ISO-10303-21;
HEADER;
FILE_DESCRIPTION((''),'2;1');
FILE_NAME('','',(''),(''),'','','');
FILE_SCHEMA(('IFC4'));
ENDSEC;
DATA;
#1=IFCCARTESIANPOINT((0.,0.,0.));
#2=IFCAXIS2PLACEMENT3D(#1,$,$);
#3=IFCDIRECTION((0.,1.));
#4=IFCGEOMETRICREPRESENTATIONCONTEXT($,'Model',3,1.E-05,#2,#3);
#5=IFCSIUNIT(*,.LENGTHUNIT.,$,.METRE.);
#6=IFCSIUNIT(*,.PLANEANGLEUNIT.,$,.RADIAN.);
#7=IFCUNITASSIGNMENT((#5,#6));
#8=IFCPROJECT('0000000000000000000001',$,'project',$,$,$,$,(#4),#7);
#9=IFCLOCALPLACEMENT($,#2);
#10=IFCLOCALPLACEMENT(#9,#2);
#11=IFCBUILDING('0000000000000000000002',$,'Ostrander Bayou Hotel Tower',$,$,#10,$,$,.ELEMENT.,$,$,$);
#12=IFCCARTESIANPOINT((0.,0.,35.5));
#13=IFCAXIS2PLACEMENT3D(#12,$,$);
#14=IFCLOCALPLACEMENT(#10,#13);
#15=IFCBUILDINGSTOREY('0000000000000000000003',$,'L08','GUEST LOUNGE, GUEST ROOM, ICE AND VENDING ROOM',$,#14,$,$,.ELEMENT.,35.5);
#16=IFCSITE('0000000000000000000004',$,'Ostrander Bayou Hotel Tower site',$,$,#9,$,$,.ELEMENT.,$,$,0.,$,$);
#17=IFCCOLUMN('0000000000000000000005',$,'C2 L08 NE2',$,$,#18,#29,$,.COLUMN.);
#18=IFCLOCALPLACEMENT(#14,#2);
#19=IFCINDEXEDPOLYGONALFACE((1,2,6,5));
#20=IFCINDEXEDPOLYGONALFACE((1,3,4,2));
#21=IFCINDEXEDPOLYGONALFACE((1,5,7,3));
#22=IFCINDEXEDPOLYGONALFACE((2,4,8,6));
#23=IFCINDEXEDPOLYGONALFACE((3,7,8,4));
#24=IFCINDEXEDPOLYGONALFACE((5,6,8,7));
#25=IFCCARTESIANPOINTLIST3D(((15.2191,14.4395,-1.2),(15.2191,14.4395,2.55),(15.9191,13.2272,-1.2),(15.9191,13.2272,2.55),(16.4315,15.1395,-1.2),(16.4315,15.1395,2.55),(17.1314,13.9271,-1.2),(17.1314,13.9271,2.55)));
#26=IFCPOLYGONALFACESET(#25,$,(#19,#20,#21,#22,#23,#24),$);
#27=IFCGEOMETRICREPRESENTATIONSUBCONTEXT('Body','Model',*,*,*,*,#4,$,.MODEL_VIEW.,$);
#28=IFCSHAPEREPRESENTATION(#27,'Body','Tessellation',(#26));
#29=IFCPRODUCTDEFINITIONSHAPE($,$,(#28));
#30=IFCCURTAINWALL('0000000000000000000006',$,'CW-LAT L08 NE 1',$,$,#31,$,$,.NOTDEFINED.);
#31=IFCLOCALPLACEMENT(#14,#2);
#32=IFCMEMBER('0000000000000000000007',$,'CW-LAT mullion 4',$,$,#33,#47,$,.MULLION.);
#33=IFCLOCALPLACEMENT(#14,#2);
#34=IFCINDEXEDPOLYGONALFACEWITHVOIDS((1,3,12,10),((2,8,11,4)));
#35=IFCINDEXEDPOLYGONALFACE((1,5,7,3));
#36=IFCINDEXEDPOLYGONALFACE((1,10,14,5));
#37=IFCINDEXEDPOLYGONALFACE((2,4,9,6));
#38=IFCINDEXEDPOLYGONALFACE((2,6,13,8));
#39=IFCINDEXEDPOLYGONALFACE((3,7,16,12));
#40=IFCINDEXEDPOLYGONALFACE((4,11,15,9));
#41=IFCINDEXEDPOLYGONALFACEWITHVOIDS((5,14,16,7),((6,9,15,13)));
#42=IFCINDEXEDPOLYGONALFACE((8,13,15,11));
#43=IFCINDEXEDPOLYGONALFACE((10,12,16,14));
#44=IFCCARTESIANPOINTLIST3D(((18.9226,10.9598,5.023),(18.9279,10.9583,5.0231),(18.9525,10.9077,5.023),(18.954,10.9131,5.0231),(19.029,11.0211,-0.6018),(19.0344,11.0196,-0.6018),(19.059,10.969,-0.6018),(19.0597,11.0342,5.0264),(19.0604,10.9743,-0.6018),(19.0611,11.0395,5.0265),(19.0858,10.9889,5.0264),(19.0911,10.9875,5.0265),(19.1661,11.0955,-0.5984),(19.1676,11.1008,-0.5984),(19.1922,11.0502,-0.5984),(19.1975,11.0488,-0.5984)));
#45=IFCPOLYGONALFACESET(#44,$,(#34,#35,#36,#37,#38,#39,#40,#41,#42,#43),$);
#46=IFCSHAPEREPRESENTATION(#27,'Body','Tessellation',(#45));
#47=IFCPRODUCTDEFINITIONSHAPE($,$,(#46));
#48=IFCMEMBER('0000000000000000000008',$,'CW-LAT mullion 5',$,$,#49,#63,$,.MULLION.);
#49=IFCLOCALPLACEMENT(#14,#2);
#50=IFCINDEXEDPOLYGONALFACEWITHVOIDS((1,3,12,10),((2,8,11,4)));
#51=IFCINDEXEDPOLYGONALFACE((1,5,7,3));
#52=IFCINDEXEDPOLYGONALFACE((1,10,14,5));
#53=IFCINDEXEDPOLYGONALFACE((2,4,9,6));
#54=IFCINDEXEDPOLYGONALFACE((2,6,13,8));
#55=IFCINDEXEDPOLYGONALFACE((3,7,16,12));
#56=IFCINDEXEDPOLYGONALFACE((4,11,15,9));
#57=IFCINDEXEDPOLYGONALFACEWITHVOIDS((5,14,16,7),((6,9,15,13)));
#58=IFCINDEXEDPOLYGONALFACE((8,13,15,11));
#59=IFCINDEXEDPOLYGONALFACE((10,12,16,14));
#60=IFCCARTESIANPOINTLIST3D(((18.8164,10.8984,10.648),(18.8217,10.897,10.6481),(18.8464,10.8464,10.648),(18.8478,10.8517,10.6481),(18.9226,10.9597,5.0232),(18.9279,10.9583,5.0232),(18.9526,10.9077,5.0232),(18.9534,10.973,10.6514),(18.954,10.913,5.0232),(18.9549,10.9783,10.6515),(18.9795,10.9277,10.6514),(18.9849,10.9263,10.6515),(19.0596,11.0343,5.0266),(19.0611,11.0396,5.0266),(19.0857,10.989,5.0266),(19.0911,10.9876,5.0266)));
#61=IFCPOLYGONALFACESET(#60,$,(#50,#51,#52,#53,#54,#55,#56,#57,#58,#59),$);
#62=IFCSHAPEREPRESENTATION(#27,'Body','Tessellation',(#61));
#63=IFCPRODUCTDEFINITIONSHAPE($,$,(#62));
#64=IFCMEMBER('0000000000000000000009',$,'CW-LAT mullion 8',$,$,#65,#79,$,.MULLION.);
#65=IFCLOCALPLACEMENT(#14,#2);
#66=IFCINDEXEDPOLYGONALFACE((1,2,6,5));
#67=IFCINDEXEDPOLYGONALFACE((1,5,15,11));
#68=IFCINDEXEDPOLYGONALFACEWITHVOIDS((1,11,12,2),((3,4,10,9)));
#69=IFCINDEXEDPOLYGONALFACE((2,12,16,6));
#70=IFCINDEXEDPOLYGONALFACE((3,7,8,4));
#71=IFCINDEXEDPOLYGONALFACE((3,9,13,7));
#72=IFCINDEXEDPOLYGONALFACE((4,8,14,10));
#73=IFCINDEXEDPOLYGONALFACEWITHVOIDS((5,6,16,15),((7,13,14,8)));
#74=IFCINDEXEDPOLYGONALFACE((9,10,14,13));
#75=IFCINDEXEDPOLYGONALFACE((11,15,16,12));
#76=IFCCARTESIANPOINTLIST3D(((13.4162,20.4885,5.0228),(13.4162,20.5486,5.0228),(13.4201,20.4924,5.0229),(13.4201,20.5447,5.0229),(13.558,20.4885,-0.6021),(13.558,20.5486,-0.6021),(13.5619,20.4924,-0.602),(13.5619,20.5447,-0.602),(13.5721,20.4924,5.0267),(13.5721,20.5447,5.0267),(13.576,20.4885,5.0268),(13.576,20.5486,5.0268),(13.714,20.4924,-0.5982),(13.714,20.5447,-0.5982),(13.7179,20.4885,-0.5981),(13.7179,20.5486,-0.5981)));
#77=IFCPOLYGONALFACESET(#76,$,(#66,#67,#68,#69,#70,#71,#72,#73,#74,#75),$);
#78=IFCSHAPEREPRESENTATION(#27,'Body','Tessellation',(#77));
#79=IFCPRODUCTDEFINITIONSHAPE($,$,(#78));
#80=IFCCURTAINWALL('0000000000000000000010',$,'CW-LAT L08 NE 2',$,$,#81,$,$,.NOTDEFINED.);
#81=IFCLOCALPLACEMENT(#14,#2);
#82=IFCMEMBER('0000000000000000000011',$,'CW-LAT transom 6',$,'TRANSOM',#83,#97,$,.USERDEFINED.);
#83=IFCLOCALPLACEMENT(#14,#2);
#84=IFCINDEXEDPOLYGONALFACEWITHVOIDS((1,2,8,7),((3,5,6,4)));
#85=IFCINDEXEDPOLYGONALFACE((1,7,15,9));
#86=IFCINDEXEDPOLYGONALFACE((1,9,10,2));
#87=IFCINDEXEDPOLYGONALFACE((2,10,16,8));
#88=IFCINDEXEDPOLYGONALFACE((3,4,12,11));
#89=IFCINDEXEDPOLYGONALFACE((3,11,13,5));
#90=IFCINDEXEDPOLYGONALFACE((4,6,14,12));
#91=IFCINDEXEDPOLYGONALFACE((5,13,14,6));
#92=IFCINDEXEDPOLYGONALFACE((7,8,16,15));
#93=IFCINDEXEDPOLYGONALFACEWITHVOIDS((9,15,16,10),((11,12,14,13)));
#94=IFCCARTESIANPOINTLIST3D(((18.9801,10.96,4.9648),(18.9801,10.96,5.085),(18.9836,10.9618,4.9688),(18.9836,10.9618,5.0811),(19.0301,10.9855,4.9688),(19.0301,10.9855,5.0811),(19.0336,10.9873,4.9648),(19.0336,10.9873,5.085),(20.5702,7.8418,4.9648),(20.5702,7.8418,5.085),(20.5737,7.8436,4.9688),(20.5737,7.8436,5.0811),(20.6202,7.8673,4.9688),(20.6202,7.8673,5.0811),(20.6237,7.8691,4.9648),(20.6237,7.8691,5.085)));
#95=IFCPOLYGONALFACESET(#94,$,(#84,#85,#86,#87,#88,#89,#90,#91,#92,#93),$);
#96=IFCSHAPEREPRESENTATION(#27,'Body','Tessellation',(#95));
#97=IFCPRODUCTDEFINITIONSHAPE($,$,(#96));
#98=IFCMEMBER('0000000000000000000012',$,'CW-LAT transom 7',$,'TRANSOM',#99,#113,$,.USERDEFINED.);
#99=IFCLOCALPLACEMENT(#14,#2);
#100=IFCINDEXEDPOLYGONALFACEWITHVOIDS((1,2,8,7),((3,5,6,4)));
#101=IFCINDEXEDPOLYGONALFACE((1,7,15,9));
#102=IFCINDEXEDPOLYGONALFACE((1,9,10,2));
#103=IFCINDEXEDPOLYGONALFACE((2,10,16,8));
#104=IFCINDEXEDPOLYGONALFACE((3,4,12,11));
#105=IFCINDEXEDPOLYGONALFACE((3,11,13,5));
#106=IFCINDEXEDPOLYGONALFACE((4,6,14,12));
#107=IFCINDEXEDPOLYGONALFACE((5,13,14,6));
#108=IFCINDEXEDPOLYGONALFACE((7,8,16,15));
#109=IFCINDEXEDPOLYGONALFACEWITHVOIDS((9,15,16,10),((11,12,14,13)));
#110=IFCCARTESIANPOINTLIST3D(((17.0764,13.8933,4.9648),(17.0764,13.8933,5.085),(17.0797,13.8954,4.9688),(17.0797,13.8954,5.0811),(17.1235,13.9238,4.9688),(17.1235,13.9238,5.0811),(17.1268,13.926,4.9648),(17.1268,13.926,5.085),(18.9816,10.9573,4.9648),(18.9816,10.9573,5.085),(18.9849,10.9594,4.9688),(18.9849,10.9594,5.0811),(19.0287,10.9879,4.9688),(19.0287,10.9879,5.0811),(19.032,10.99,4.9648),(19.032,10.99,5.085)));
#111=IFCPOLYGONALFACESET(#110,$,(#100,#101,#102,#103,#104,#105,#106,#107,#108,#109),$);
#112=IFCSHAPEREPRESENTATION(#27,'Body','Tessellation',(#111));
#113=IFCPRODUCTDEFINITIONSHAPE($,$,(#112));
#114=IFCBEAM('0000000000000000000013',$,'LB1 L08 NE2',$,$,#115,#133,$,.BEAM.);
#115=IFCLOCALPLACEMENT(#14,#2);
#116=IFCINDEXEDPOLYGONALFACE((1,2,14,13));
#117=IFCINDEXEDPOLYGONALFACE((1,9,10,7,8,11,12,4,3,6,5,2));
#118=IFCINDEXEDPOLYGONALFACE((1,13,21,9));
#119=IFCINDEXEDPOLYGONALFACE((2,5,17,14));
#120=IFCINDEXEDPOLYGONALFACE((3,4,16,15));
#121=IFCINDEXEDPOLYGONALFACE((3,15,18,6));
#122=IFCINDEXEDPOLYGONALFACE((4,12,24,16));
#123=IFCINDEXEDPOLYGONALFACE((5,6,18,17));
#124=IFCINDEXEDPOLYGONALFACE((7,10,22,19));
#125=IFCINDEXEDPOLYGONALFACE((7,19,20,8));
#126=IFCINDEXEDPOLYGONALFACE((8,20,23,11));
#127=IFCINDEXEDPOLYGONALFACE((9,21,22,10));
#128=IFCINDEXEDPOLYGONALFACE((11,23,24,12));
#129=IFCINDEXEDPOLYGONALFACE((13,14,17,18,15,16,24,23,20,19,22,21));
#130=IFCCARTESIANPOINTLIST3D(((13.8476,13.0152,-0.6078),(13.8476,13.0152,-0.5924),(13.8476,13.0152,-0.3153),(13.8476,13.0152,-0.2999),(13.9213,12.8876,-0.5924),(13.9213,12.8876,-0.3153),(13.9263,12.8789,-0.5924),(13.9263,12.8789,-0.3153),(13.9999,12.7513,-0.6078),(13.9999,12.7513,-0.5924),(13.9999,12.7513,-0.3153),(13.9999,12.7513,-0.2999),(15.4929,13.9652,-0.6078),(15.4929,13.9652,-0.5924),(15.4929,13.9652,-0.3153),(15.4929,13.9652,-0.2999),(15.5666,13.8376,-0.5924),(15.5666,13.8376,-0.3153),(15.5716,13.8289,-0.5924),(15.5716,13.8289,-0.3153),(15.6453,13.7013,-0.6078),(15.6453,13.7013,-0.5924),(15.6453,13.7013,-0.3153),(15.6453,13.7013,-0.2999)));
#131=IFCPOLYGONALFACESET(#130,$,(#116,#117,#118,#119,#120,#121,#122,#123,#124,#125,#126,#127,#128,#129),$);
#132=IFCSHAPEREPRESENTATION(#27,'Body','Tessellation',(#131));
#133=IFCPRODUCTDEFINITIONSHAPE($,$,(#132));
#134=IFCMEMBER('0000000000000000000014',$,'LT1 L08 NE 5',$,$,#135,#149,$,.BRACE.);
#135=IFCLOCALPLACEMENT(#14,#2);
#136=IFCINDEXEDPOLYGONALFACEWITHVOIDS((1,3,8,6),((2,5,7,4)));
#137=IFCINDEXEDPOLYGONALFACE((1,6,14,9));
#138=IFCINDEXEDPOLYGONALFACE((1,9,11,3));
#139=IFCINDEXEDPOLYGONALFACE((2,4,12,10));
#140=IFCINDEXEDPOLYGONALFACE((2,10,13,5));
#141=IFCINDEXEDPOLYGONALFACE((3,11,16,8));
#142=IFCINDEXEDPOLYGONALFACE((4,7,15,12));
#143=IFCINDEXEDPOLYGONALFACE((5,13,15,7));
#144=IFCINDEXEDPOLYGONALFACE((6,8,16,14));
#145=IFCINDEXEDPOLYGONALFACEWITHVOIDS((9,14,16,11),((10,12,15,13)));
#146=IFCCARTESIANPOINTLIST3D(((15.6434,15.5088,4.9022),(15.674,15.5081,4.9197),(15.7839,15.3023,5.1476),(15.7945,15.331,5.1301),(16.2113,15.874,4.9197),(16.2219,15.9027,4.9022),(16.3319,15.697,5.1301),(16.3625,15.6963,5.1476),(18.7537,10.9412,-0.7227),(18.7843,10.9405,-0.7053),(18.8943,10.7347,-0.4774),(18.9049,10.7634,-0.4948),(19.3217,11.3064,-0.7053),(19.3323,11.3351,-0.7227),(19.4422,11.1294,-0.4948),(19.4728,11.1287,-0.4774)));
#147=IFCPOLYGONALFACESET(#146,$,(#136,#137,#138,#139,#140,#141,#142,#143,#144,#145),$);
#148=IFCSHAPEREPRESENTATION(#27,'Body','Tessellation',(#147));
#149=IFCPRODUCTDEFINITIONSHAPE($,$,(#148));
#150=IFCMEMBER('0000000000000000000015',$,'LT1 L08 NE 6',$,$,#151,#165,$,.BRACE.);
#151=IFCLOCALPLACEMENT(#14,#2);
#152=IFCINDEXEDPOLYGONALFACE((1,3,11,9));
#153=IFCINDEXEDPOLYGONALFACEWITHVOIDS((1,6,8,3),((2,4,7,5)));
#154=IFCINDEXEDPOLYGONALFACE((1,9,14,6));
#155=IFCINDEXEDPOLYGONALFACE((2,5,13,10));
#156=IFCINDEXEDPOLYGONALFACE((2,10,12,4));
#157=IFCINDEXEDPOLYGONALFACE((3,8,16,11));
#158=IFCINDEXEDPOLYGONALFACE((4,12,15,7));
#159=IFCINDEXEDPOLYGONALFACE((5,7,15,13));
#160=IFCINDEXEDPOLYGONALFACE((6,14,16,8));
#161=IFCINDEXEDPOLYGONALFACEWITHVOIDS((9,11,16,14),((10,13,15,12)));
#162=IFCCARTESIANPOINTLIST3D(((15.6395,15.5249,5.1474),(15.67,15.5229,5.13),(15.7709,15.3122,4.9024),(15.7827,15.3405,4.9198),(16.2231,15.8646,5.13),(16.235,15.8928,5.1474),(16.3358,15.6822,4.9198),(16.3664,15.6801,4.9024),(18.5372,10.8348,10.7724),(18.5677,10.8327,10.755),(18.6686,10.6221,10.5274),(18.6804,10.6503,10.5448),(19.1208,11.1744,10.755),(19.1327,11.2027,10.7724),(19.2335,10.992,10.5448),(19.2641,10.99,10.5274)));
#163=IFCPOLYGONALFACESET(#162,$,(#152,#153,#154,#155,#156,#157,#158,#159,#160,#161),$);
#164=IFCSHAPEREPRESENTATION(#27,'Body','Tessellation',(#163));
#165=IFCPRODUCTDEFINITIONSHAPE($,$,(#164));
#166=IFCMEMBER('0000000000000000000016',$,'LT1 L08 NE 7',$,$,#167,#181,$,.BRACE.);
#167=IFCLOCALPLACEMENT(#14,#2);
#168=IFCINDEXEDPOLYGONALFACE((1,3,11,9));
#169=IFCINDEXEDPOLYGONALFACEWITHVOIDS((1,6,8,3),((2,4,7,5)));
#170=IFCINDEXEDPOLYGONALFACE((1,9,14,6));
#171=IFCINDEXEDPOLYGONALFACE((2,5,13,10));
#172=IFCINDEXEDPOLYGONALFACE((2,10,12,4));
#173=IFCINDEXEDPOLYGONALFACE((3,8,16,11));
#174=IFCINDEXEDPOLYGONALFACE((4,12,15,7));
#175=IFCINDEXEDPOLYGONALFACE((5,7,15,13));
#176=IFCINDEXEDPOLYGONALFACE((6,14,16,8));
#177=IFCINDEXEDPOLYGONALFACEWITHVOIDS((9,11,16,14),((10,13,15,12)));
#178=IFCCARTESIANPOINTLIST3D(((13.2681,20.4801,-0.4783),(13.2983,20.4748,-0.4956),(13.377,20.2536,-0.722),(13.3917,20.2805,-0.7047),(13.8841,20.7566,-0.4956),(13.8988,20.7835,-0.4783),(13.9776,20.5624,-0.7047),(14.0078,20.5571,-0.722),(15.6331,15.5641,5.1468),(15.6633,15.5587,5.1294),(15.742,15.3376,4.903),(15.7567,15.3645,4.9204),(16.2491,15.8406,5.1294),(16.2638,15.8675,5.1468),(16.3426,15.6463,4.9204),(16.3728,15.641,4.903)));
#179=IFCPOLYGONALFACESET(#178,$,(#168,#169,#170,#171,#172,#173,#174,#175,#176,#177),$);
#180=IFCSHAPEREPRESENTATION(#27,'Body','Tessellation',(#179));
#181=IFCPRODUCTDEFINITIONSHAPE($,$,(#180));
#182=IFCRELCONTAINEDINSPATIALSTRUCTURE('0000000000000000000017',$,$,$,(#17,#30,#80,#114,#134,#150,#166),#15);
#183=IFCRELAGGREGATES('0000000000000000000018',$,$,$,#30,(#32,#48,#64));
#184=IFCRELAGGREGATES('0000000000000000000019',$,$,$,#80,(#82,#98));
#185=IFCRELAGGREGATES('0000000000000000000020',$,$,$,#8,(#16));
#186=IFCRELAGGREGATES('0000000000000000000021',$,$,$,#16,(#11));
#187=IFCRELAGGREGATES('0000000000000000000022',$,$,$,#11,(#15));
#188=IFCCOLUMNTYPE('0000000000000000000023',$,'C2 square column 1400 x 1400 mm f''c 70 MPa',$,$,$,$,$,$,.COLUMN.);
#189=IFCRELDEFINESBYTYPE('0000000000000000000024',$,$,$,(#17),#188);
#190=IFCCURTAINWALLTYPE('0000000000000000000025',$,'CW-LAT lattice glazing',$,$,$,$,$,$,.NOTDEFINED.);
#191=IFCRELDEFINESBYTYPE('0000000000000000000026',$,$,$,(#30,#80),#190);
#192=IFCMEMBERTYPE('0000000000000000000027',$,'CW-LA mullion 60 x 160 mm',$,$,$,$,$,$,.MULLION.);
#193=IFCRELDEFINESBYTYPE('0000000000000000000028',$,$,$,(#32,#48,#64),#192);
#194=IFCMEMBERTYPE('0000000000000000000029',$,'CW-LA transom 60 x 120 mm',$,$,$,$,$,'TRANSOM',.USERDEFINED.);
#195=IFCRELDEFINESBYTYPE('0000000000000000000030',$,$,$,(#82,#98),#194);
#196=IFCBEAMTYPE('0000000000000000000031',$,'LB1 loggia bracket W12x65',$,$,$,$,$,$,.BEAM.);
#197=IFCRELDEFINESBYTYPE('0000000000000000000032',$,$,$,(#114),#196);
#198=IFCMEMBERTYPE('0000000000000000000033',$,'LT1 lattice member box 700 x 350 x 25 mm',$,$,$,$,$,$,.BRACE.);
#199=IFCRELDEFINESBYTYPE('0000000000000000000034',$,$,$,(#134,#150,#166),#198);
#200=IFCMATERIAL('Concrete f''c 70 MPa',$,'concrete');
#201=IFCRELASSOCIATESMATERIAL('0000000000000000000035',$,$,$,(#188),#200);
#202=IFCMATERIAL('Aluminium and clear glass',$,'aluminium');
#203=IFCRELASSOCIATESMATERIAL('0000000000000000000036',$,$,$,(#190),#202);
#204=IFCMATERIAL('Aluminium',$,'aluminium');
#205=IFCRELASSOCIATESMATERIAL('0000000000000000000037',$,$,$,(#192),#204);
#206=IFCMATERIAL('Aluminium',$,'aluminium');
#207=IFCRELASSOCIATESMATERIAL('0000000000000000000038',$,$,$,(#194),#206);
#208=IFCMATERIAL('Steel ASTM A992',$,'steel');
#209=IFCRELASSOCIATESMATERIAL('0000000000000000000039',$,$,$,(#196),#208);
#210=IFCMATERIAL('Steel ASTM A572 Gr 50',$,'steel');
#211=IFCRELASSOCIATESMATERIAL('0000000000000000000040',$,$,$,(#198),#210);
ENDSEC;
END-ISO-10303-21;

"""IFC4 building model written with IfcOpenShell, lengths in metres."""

from ifc_helpers import new_model, si_unit, direction, frame, origin, origin_2d, place, context, subcontext, project, spatial, rectangle, hollow_rectangle, i_section, extrude, material, material_profile, profile_set, type_object, element, aggregate, save


model = new_model("IFC4")

# Units and contexts
model_context = context("Model", 3, precision=1e-05, world=origin(), true_north=direction((0.0, 1.0)))
body_context = subcontext(model_context, "Body", "Model", "MODEL_VIEW")
ifc_project = project(units=[si_unit("LENGTHUNIT", "METRE"), si_unit("PLANEANGLEUNIT", "RADIAN")], contexts=[model_context])

# Site, building, storey
site_placement = place(None, origin())
site = spatial("IfcSite", under=ifc_project, at=site_placement, Name="Ostrander Bayou Hotel Tower site", CompositionType="ELEMENT", RefElevation=0.0)
building_placement = place(site_placement, origin())
building = spatial("IfcBuilding", under=site, at=building_placement, Name="Ostrander Bayou Hotel Tower", CompositionType="ELEMENT")
storey_placement = place(building_placement, frame((0.0, 0.0, 35.5)))
storey = spatial("IfcBuildingStorey", under=building, at=storey_placement, Name="L08", Description="GUEST LOUNGE, GUEST ROOM, ICE AND VENDING ROOM", CompositionType="ELEMENT", Elevation=35.5)

# Column
ifc_material_1 = material(Name="Concrete f'c 70 MPa", Category="concrete")
ifc_material_profile_1 = material_profile(ifc_material_1, rectangle(XDim=1.3999, YDim=1.3999, at=origin_2d()))
ifc_profile_set_1 = profile_set([ifc_material_profile_1], Name="Concrete f'c 70 MPa")
column_type = type_object("IfcColumnType", Name="C2 square column 1400 x 1400 mm f'c 70 MPa", PredefinedType="COLUMN", material=ifc_profile_set_1)
column_placement = place(storey_placement, frame((16.1753, 14.1833, -1.2), z_axis=(0.0, 0.0, 1.0), x_axis=(0.5, -0.866025, 0.0)))
element("IfcColumn", 1, at=column_placement, inside=storey, type_object=column_type, Name="C2 L08 NE2", PredefinedType="COLUMN", context=body_context, shape_type="SweptSolid", body=[
    extrude(rectangle(XDim=1.3999, YDim=1.3999, at=origin_2d()), origin(), (0.0, 0.0, 1.0), 3.75),
])

# Curtain walls, members
ifc_material_2 = material(Name="Aluminium and clear glass", Category="aluminium")
curtain_wall_type = type_object("IfcCurtainWallType", Name="CW-LAT lattice glazing", PredefinedType="NOTDEFINED", material=ifc_material_2)
curtain_wall_1_placement = place(storey_placement, origin())
curtain_wall_1 = element("IfcCurtainWall", 2, at=curtain_wall_1_placement, inside=storey, type_object=curtain_wall_type, Name="CW-LAT L08 NE 1", PredefinedType="NOTDEFINED")
ifc_material_3 = material(Name="Aluminium", Category="aluminium")
ifc_material_profile_2 = material_profile(ifc_material_3, hollow_rectangle(XDim=0.0601, YDim=0.1599, WallThickness=0.0039, at=origin_2d()))
ifc_profile_set_2 = profile_set([ifc_material_profile_2], Name="Aluminium")
member_type_1 = type_object("IfcMemberType", Name="CW-LA mullion 60 x 160 mm", PredefinedType="MULLION", material=ifc_profile_set_2)
member_1_placement = place(storey_placement, frame((19.1133, 11.0349, -0.6001), z_axis=(-0.018919, -0.010892, 0.999762), x_axis=(0.498919, -0.866649, 0.0)))
member_1 = element("IfcMember", 3, at=member_1_placement, type_object=member_type_1, Name="CW-LAT mullion 4", PredefinedType="MULLION", context=body_context, shape_type="SweptSolid", body=[
    extrude(hollow_rectangle(XDim=0.0601, YDim=0.1599, WallThickness=0.0039, at=origin_2d()), origin(), (0.0, 0.0, 1.0), 5.6262),
])
member_2_placement = place(storey_placement, frame((19.0068, 10.9736, 5.0249), z_axis=(-0.018876, -0.010892, 0.999763), x_axis=(0.49978, -0.866152, 0.0)))
member_2 = element("IfcMember", 4, at=member_2_placement, type_object=member_type_1, Name="CW-LAT mullion 5", PredefinedType="MULLION", context=body_context, shape_type="SweptSolid", body=[
    extrude(hollow_rectangle(XDim=0.0601, YDim=0.1599, WallThickness=0.0039, at=origin_2d()), origin(), (0.0, 0.0, 1.0), 5.6262),
])
member_3_placement = place(storey_placement, frame((13.6379, 20.5186, -0.6001), z_axis=(-0.025209, 0.0, 0.999682), x_axis=(0.0, -1.0, 0.0)))
member_3 = element("IfcMember", 5, at=member_3_placement, type_object=member_type_1, Name="CW-LAT mullion 8", PredefinedType="MULLION", context=body_context, shape_type="SweptSolid", body=[
    extrude(hollow_rectangle(XDim=0.0601, YDim=0.1599, WallThickness=0.0039, at=origin_2d()), origin(), (0.0, 0.0, 1.0), 5.6267),
])
curtain_wall_2_placement = place(storey_placement, origin())
curtain_wall_2 = element("IfcCurtainWall", 6, at=curtain_wall_2_placement, inside=storey, type_object=curtain_wall_type, Name="CW-LAT L08 NE 2", PredefinedType="NOTDEFINED")
ifc_material_4 = material(Name="Aluminium", Category="aluminium")
ifc_material_profile_3 = material_profile(ifc_material_4, hollow_rectangle(XDim=0.0601, YDim=0.1201, WallThickness=0.0039, at=origin_2d()))
ifc_profile_set_3 = profile_set([ifc_material_profile_3], Name="Aluminium")
member_type_2 = type_object("IfcMemberType", Name="CW-LA transom 60 x 120 mm", ElementType="TRANSOM", PredefinedType="USERDEFINED", material=ifc_profile_set_3)
member_4_placement = place(storey_placement, frame((19.0068, 10.9736, 5.0249), z_axis=(0.454286, -0.890856, 0.0), x_axis=(0.890856, 0.454286, 0.0)))
member_4 = element("IfcMember", 7, at=member_4_placement, type_object=member_type_2, Name="CW-LAT transom 6", ObjectType="TRANSOM", PredefinedType="USERDEFINED", context=body_context, shape_type="SweptSolid", body=[
    extrude(hollow_rectangle(XDim=0.0601, YDim=0.1201, WallThickness=0.0039, at=origin_2d()), origin(), (0.0, 0.0, 1.0), 3.5002),
])
member_5_placement = place(storey_placement, frame((19.0068, 10.9736, 5.0249), z_axis=(-0.544356, 0.838855, 0.0), x_axis=(-0.838855, -0.544356, 0.0)))
member_5 = element("IfcMember", 8, at=member_5_placement, type_object=member_type_2, Name="CW-LAT transom 7", ObjectType="TRANSOM", PredefinedType="USERDEFINED", context=body_context, shape_type="SweptSolid", body=[
    extrude(hollow_rectangle(XDim=0.0601, YDim=0.1201, WallThickness=0.0039, at=origin_2d()), origin(), (0.0, 0.0, 1.0), 3.5),
])

# Beam
ifc_material_5 = material(Name="Steel ASTM A992", Category="steel")
ifc_material_profile_4 = material_profile(ifc_material_5, i_section(OverallWidth=0.3047, OverallDepth=0.3079, WebThickness=0.01, FlangeThickness=0.0154, at=origin_2d()))
ifc_profile_set_4 = profile_set([ifc_material_profile_4], Name="Steel ASTM A992")
beam_type_1 = type_object("IfcBeamType", Name="LB1 loggia bracket W12x65", PredefinedType="BEAM", material=ifc_profile_set_4)
beam_1_placement = place(storey_placement, frame((15.5691, 13.8333, -0.4539), z_axis=(-0.866012, -0.500023, 0.0), x_axis=(0.500023, -0.866012, 0.0)))
element("IfcBeam", 9, at=beam_1_placement, inside=storey, type_object=beam_type_1, Name="LB1 L08 NE2", PredefinedType="BEAM", context=body_context, shape_type="SweptSolid", body=[
    extrude(i_section(OverallWidth=0.3047, OverallDepth=0.3079, WebThickness=0.01, FlangeThickness=0.0154, at=origin_2d()), origin(), (0.0, 0.0, 1.0), 1.8999),
])

# Members
ifc_material_6 = material(Name="Steel ASTM A572 Gr 50", Category="steel")
ifc_material_profile_5 = material_profile(ifc_material_6, hollow_rectangle(XDim=0.7, YDim=0.3501, WallThickness=0.0249, at=origin_2d()))
ifc_profile_set_5 = profile_set([ifc_material_profile_5], Name="Steel ASTM A572 Gr 50")
member_type_3 = type_object("IfcMemberType", Name="LT1 lattice member box 700 x 350 x 25 mm", PredefinedType="BRACE", material=ifc_profile_set_5)
member_6_placement = place(storey_placement, frame((16.0029, 15.6025, 5.0249), z_axis=(0.394449, -0.579258, -0.713352), x_axis=(0.826559, 0.56285, 0.0)))
element("IfcMember", 10, at=member_6_placement, inside=storey, type_object=member_type_3, Name="LT1 L08 NE 5", PredefinedType="BRACE", context=body_context, shape_type="SweptSolid", body=[
    extrude(hollow_rectangle(XDim=0.7, YDim=0.3501, WallThickness=0.0249, at=origin_2d()), origin(), (0.0, 0.0, 1.0), 7.8853),
])
member_7_placement = place(storey_placement, frame((16.0029, 15.6025, 5.0249), z_axis=(0.367905, -0.595485, 0.714173), x_axis=(0.850731, 0.525601, 0.0)))
element("IfcMember", 11, at=member_7_placement, inside=storey, type_object=member_type_3, Name="LT1 L08 NE 6", PredefinedType="BRACE", context=body_context, shape_type="SweptSolid", body=[
    extrude(hollow_rectangle(XDim=0.7, YDim=0.3501, WallThickness=0.0249, at=origin_2d()), origin(), (0.0, 0.0, 1.0), 7.8762),
])
member_8_placement = place(storey_placement, frame((16.0029, 15.6025, 5.0249), z_axis=(-0.301816, 0.627373, -0.717852), x_axis=(-0.901144, -0.433521, 0.0)))
element("IfcMember", 12, at=member_8_placement, inside=storey, type_object=member_type_3, Name="LT1 L08 NE 7", PredefinedType="BRACE", context=body_context, shape_type="SweptSolid", body=[
    extrude(hollow_rectangle(XDim=0.7, YDim=0.3501, WallThickness=0.0249, at=origin_2d()), origin(), (0.0, 0.0, 1.0), 7.8359),
])

aggregate(curtain_wall_1, [member_1, member_2, member_3])
aggregate(curtain_wall_2, [member_4, member_5])

save(model, "model.ifc")
